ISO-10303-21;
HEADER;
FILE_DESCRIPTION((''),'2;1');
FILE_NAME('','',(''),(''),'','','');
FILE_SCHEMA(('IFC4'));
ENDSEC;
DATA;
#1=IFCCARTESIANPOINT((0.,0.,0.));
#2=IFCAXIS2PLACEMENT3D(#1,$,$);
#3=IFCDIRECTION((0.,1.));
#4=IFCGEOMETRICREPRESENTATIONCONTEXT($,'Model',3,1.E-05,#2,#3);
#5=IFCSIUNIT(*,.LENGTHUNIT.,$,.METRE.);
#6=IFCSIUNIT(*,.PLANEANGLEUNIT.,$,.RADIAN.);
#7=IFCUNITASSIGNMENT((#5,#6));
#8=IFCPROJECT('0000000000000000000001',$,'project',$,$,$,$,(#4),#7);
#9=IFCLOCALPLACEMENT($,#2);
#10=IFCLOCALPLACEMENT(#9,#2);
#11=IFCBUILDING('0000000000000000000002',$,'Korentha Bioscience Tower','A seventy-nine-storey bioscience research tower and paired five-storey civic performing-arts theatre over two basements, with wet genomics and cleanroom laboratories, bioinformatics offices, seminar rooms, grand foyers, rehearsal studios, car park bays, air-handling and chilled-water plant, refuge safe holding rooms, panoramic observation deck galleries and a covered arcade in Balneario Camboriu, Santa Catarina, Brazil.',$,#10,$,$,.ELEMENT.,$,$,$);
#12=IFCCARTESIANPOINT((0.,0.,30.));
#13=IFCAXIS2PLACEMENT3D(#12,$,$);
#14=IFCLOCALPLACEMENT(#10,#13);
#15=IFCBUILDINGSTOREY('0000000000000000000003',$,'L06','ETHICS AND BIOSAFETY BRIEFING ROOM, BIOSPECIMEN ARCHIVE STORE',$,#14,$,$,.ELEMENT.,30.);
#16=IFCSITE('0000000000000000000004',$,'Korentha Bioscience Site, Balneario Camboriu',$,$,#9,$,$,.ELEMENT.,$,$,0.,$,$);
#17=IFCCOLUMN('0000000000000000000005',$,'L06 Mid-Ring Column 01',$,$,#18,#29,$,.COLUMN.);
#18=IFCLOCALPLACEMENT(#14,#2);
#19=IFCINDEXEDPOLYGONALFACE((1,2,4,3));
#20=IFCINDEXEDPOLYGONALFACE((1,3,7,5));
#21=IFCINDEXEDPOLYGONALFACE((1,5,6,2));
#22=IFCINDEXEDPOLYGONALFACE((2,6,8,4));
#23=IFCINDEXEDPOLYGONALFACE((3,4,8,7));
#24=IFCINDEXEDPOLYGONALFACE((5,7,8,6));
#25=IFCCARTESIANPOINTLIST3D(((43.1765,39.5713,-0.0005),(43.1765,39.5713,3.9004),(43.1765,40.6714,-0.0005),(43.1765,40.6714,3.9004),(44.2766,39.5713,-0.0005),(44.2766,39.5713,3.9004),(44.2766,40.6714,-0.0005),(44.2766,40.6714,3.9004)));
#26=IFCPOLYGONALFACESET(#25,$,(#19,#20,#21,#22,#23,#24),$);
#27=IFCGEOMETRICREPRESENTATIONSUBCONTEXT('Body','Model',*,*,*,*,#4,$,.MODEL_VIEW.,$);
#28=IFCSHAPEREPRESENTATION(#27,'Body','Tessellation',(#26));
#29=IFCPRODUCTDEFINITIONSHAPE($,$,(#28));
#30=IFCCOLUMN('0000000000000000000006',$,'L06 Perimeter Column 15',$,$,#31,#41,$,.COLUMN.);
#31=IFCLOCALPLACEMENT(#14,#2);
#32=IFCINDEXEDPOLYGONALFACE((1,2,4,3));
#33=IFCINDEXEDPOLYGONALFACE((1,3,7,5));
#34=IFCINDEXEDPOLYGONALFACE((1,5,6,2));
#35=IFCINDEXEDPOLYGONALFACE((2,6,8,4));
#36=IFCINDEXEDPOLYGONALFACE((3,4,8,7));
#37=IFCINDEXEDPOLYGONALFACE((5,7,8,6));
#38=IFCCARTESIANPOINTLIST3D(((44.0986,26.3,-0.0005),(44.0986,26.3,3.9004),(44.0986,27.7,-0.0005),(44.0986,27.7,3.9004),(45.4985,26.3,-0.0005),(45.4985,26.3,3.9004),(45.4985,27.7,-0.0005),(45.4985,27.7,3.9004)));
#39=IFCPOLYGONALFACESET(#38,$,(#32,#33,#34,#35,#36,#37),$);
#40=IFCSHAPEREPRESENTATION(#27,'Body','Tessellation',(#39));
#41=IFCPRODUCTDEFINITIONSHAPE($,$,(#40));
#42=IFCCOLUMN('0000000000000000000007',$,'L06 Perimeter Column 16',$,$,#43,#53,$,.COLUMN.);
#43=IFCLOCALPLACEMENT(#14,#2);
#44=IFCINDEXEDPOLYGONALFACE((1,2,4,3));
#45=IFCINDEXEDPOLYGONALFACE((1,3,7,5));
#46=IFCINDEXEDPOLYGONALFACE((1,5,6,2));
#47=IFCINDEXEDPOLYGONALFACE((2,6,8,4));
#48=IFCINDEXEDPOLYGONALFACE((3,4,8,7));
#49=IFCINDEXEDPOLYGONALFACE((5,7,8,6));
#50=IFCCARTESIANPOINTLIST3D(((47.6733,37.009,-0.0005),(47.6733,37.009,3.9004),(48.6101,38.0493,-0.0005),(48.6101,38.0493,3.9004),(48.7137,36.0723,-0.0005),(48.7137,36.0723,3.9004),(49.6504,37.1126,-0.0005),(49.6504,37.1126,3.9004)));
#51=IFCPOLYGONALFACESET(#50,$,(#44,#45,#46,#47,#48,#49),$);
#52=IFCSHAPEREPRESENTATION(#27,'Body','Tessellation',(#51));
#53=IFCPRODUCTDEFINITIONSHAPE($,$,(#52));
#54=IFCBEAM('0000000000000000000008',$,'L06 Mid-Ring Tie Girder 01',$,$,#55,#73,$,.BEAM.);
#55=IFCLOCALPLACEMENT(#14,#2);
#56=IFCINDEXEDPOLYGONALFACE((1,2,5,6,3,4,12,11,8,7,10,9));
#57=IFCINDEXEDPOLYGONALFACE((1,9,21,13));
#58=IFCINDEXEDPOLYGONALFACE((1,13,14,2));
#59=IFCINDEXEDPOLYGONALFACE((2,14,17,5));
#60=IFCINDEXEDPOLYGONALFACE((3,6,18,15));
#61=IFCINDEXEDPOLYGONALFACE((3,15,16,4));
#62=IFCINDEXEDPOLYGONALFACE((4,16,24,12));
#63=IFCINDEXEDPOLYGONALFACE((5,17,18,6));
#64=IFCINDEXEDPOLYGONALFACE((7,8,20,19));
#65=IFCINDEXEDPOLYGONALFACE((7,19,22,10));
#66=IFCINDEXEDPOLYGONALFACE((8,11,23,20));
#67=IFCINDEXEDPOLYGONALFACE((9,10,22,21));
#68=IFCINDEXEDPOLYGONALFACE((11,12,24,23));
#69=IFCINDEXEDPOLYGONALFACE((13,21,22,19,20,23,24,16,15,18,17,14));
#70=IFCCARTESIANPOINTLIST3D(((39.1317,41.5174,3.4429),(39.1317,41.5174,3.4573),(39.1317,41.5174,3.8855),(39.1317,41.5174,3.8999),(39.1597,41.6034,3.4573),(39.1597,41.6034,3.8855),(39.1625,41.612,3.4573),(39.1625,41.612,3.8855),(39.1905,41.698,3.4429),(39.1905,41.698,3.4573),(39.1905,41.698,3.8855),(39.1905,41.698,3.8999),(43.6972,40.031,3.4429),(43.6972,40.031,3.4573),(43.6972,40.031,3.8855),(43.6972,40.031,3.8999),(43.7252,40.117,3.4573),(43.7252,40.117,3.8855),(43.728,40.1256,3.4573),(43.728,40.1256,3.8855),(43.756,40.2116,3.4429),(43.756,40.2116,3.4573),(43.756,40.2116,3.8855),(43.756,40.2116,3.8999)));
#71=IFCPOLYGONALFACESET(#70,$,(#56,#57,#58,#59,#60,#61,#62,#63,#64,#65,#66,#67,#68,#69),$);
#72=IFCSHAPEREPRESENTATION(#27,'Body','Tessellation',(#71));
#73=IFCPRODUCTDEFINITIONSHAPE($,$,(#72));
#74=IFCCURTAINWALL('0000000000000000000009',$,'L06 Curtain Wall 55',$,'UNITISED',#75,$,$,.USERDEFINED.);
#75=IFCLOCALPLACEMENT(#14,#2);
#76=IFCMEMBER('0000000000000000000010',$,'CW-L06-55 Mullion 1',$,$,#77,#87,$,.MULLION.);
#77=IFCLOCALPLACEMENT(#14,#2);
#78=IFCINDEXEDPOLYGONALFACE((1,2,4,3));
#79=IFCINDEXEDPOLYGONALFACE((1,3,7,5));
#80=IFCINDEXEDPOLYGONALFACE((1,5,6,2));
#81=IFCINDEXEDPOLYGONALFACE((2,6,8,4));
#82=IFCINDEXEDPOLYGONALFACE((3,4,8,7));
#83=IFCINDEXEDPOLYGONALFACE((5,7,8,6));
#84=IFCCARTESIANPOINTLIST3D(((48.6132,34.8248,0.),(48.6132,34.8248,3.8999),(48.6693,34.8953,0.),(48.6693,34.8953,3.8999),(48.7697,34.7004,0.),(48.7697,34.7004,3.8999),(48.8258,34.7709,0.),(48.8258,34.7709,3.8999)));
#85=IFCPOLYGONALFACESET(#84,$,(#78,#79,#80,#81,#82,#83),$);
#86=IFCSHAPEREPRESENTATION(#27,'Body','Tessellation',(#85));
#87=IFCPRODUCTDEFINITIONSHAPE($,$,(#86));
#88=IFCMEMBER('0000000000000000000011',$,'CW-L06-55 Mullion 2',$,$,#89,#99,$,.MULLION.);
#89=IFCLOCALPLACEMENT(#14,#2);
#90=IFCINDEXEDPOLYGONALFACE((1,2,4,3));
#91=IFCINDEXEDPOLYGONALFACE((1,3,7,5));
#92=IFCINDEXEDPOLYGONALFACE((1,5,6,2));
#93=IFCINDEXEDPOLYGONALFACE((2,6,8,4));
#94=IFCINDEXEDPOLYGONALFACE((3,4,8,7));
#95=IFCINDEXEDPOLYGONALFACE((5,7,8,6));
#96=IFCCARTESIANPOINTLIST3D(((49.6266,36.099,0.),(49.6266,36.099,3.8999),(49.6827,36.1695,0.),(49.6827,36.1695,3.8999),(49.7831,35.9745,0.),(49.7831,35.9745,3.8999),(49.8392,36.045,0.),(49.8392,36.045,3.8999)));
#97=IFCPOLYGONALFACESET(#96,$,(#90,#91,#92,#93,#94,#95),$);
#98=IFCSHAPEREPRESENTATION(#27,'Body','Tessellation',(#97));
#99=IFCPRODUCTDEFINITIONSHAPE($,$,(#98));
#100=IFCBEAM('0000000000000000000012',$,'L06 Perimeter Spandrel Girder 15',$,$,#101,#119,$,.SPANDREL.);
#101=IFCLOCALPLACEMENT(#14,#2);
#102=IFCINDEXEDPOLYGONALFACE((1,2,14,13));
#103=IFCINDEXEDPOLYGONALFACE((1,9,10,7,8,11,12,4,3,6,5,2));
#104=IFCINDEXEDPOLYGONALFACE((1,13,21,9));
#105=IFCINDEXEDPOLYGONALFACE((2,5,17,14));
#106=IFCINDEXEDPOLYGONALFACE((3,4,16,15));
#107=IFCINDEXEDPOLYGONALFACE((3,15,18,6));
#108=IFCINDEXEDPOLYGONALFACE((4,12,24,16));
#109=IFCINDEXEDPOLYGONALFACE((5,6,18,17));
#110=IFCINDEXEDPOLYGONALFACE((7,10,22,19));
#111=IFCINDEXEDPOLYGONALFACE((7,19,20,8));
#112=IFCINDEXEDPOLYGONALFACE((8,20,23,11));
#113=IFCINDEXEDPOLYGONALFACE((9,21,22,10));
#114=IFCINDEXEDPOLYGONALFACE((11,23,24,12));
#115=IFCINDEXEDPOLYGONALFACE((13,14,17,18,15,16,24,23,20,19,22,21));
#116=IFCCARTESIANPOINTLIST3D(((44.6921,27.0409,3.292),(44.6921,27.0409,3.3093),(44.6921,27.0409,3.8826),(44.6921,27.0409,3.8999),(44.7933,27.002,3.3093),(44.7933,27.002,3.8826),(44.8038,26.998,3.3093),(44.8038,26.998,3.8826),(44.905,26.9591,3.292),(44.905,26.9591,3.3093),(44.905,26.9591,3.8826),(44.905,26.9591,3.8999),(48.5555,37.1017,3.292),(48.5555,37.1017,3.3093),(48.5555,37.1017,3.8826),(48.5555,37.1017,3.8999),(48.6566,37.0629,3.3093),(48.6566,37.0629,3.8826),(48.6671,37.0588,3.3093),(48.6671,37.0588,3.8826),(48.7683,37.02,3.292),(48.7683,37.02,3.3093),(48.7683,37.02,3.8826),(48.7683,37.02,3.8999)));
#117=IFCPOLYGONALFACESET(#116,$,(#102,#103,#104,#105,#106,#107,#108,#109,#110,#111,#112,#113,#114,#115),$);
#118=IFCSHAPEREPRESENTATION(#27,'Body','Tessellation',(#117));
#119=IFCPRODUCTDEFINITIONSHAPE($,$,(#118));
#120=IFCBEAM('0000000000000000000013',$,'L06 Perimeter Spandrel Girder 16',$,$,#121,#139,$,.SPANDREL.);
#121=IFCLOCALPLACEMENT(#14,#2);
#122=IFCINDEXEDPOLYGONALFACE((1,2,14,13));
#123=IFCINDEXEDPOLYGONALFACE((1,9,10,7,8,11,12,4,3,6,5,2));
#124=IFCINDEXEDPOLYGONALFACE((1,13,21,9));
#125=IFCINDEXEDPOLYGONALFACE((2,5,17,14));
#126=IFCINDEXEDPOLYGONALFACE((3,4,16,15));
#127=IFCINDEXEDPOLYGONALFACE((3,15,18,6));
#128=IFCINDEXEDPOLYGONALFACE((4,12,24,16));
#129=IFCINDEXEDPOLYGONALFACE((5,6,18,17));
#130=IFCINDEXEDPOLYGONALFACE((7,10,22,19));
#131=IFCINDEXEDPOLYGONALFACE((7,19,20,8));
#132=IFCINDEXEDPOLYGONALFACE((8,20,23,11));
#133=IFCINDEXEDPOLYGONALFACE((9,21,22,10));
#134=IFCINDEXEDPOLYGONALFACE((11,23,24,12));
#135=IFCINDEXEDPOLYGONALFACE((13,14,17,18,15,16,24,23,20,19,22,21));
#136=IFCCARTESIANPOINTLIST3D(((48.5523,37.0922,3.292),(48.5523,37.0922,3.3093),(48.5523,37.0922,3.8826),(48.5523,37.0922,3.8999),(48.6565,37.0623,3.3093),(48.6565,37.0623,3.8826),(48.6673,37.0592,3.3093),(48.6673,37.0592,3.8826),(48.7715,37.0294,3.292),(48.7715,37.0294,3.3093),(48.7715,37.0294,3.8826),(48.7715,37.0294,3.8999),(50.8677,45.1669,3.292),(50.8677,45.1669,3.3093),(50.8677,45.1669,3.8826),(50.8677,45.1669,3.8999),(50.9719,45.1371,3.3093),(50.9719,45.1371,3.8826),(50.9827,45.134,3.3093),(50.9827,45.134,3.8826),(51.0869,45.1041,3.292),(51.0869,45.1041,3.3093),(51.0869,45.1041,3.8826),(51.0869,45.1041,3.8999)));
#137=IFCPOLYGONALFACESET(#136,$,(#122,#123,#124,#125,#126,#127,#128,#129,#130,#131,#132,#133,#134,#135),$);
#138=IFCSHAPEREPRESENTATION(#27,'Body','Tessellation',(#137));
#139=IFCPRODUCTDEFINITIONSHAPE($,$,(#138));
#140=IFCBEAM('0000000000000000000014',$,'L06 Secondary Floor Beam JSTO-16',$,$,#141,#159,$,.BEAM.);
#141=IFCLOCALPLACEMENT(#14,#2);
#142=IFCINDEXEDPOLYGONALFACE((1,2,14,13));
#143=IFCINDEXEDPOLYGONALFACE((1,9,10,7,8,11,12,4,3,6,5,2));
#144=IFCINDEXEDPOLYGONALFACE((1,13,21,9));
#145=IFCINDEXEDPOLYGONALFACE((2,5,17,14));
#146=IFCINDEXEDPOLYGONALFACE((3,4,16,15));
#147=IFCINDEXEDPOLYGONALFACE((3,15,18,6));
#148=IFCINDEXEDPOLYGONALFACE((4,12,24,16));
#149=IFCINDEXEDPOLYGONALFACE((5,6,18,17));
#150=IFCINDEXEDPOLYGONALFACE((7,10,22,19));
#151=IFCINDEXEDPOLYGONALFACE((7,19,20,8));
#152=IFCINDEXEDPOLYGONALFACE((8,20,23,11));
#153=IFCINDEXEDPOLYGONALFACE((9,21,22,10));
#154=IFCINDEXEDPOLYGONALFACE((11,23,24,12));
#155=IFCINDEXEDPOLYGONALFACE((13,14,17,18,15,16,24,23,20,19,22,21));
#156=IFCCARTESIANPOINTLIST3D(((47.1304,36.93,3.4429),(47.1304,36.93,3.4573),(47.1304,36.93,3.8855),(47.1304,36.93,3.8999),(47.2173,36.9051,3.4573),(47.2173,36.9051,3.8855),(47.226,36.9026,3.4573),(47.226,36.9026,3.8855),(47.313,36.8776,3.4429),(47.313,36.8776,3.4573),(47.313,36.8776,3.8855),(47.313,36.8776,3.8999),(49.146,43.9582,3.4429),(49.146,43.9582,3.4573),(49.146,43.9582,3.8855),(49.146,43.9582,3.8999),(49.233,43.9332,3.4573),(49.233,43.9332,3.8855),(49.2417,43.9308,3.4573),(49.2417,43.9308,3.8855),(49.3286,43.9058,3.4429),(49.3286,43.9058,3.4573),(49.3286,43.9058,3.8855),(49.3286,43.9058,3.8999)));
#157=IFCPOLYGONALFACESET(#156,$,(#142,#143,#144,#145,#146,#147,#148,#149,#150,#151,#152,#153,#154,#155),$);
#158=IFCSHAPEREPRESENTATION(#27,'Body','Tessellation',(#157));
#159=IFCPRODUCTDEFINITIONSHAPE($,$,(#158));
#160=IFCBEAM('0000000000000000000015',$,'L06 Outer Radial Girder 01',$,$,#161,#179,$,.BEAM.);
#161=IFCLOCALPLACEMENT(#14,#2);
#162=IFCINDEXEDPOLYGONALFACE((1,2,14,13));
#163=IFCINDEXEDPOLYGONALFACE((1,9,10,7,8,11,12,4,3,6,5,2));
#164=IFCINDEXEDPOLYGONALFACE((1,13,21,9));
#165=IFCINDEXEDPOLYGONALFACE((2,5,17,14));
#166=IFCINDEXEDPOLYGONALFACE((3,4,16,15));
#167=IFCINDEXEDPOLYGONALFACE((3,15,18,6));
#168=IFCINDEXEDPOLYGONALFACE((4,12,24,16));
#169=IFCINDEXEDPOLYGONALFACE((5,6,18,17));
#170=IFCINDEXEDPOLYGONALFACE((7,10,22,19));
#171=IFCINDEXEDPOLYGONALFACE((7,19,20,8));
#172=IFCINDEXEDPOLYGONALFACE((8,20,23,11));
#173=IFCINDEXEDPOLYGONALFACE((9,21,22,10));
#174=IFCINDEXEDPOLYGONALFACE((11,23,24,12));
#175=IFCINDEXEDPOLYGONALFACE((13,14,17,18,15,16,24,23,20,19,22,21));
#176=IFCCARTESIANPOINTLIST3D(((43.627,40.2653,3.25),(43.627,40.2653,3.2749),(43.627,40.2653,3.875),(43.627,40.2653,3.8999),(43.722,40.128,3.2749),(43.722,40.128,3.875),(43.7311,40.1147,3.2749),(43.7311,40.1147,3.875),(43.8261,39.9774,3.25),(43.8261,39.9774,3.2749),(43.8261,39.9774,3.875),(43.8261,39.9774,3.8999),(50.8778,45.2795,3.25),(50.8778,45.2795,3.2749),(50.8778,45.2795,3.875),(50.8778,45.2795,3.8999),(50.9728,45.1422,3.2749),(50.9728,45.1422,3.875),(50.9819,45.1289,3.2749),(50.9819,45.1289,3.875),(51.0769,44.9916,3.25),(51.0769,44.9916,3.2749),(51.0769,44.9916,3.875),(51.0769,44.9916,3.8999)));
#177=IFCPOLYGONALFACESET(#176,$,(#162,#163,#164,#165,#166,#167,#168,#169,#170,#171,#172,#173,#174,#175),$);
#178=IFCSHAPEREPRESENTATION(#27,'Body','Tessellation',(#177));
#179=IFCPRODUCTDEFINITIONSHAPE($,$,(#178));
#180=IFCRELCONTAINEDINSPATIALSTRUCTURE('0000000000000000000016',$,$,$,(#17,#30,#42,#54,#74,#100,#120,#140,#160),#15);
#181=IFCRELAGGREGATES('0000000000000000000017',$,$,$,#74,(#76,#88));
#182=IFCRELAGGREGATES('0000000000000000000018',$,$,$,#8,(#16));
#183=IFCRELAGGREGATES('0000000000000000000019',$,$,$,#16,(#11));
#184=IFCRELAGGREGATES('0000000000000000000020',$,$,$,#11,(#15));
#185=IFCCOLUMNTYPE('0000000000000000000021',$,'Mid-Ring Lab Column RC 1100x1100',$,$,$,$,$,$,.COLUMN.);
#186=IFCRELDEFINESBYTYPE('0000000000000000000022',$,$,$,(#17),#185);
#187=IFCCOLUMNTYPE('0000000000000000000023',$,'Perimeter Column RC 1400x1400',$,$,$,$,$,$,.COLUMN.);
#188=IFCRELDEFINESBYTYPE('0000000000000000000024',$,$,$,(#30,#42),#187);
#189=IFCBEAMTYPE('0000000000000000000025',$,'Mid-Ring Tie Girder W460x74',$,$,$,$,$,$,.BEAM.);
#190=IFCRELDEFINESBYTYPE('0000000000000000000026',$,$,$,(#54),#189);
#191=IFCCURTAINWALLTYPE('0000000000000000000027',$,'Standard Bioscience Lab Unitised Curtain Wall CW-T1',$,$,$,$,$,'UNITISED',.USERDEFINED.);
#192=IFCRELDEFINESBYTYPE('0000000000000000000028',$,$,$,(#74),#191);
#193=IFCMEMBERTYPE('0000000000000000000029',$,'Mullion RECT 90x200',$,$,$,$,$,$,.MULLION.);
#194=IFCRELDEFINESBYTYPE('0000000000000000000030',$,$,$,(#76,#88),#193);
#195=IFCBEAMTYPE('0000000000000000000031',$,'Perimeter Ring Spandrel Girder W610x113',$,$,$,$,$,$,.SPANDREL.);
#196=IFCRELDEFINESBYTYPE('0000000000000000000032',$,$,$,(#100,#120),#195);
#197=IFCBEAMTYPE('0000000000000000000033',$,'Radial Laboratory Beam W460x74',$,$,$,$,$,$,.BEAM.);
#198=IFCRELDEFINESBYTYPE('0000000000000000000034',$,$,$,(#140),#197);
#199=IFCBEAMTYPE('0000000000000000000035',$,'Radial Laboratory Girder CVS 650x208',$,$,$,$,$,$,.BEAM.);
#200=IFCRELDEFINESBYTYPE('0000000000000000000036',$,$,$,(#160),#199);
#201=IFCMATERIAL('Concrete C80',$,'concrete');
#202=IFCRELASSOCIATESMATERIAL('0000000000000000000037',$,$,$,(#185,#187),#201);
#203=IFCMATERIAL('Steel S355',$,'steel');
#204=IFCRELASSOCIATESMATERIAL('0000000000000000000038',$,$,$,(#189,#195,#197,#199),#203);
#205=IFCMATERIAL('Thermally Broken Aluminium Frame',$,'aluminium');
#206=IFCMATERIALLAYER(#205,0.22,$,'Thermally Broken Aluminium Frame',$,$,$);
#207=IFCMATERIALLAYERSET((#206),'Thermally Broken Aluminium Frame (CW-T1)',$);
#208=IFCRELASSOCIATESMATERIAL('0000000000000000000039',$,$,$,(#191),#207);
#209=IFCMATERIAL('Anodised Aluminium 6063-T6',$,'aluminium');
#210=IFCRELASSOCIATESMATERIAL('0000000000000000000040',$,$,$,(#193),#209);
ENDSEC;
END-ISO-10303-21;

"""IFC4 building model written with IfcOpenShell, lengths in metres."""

from ifc_helpers import new_model, si_unit, direction, frame, origin, origin_2d, place, context, subcontext, project, spatial, rectangle, i_section, extrude, material, layer, layer_set, material_profile, profile_set, type_object, element, aggregate, save


model = new_model("IFC4")

# Units and contexts
model_context = context("Model", 3, precision=1e-05, world=origin(), true_north=direction((0.0, 1.0)))
body_context = subcontext(model_context, "Body", "Model", "MODEL_VIEW")
ifc_project = project(units=[si_unit("LENGTHUNIT", "METRE"), si_unit("PLANEANGLEUNIT", "RADIAN")], contexts=[model_context])

# Site, building, storey
site_placement = place(None, origin())
site = spatial("IfcSite", under=ifc_project, at=site_placement, Name="Korentha Bioscience Site, Balneario Camboriu", CompositionType="ELEMENT", RefElevation=0.0)
building_placement = place(site_placement, origin())
building = spatial("IfcBuilding", under=site, at=building_placement, Name="Korentha Bioscience Tower", Description="A seventy-nine-storey bioscience research tower and paired five-storey civic performing-arts theatre over two basements, with wet genomics and cleanroom laboratories, bioinformatics offices, seminar rooms, grand foyers, rehearsal studios, car park bays, air-handling and chilled-water plant, refuge safe holding rooms, panoramic observation deck galleries and a covered arcade in Balneario Camboriu, Santa Catarina, Brazil.", CompositionType="ELEMENT")
storey_placement = place(building_placement, frame((0.0, 0.0, 30.0)))
storey = spatial("IfcBuildingStorey", under=building, at=storey_placement, Name="L06", Description="ETHICS AND BIOSAFETY BRIEFING ROOM, BIOSPECIMEN ARCHIVE STORE", CompositionType="ELEMENT", Elevation=30.0)

# Columns
ifc_material_1 = material(Name="Concrete C80", Category="concrete")
ifc_material_profile_1 = material_profile(ifc_material_1, rectangle(XDim=1.1001, YDim=1.1001, at=origin_2d()), Name="Concrete C80")
ifc_profile_set_1 = profile_set([ifc_material_profile_1], Name="Concrete C80 (COL-MR11)")
column_type_1 = type_object("IfcColumnType", Name="Mid-Ring Lab Column RC 1100x1100", PredefinedType="COLUMN", material=ifc_profile_set_1)
column_placement = place(storey_placement, frame((43.7266, 40.1213, -0.0005), z_axis=(0.0, 0.0, 1.0), x_axis=(1.0, 0.0, 0.0)))
element("IfcColumn", 1, at=column_placement, inside=storey, type_object=column_type_1, Name="L06 Mid-Ring Column 01", PredefinedType="COLUMN", context=body_context, shape_type="SweptSolid", body=[
    extrude(rectangle(XDim=1.1001, YDim=1.1001, at=origin_2d()), origin(), (0.0, 0.0, 1.0), 3.9009),
])
ifc_material_profile_2 = material_profile(ifc_material_1, rectangle(XDim=1.3999, YDim=1.3999, at=origin_2d()), Name="Concrete C80")
ifc_profile_set_2 = profile_set([ifc_material_profile_2], Name="Concrete C80 (COL-P14)")
column_type_2 = type_object("IfcColumnType", Name="Perimeter Column RC 1400x1400", PredefinedType="COLUMN", material=ifc_profile_set_2)
for number, where, z_axis, x_axis, name in (
    (2, (44.7986, 27.0, -0.0005), (0.0, 0.0, 1.0), (0.0, 1.0, 0.0), "L06 Perimeter Column 15"),
    (3, (48.6619, 37.0608, -0.0005), (0.0, 0.0, 1.0), (0.669131, 0.743145, 0.0), "L06 Perimeter Column 16"),
):
    element("IfcColumn", number, at=place(storey_placement, frame(where, z_axis=z_axis, x_axis=x_axis)), inside=storey, type_object=column_type_2, Name=name, PredefinedType="COLUMN", context=body_context, shape_type="SweptSolid", body=[
        extrude(rectangle(XDim=1.3999, YDim=1.3999, at=origin_2d()), origin(), (0.0, 0.0, 1.0), 3.9009),
    ])

# Beam
ifc_material_2 = material(Name="Steel S355", Category="steel")
ifc_material_profile_3 = material_profile(ifc_material_2, i_section(OverallWidth=0.1899, OverallDepth=0.457, WebThickness=0.009, FlangeThickness=0.0144, at=origin_2d()), Name="Steel S355")
ifc_profile_set_3 = profile_set([ifc_material_profile_3], Name="Steel S355 (MB-460)")
beam_type_1 = type_object("IfcBeamType", Name="Mid-Ring Tie Girder W460x74", PredefinedType="BEAM", material=ifc_profile_set_3)
beam_1_placement = place(storey_placement, frame((43.7266, 40.1213, 3.6714), z_axis=(-0.950877, 0.309569, 0.0), x_axis=(-0.309569, -0.950877, 0.0)))
element("IfcBeam", 4, at=beam_1_placement, inside=storey, type_object=beam_type_1, Name="L06 Mid-Ring Tie Girder 01", PredefinedType="BEAM", context=body_context, shape_type="SweptSolid", body=[
    extrude(i_section(OverallWidth=0.1899, OverallDepth=0.457, WebThickness=0.009, FlangeThickness=0.0144, at=origin_2d()), origin(), (0.0, 0.0, 1.0), 4.8013),
])

# Curtain wall, members
ifc_material_3 = material(Name="Thermally Broken Aluminium Frame", Category="aluminium")
ifc_layer_1 = layer(ifc_material_3, 0.22, Name="Thermally Broken Aluminium Frame")
ifc_layer_set_1 = layer_set([ifc_layer_1], Name="Thermally Broken Aluminium Frame (CW-T1)")
curtain_wall_type = type_object("IfcCurtainWallType", Name="Standard Bioscience Lab Unitised Curtain Wall CW-T1", ElementType="UNITISED", PredefinedType="USERDEFINED", material=ifc_layer_set_1)
curtain_wall_placement = place(storey_placement, origin())
curtain_wall = element("IfcCurtainWall", 5, at=curtain_wall_placement, inside=storey, type_object=curtain_wall_type, Name="L06 Curtain Wall 55", ObjectType="UNITISED", PredefinedType="USERDEFINED")
ifc_material_4 = material(Name="Anodised Aluminium 6063-T6", Category="aluminium")
ifc_material_profile_4 = material_profile(ifc_material_4, rectangle(XDim=0.0901, YDim=0.2, at=origin_2d()), Name="Anodised Aluminium 6063-T6")
ifc_profile_set_4 = profile_set([ifc_material_profile_4], Name="Anodised Aluminium 6063-T6 (CW-MUL)")
member_type_1 = type_object("IfcMemberType", Name="Mullion RECT 90x200", PredefinedType="MULLION", material=ifc_profile_set_4)
member_1_placement = place(storey_placement, frame((48.7195, 34.7979, 0.0), z_axis=(0.0, 0.0, 1.0), x_axis=(0.62252, 0.782604, 0.0)))
member_1 = element("IfcMember", 6, at=member_1_placement, type_object=member_type_1, Name="CW-L06-55 Mullion 1", PredefinedType="MULLION", context=body_context, shape_type="SweptSolid", body=[
    extrude(rectangle(XDim=0.0901, YDim=0.2, at=origin_2d()), origin(), (0.0, 0.0, 1.0), 3.8999),
])
member_2_placement = place(storey_placement, frame((49.7329, 36.072, 0.0), z_axis=(0.0, 0.0, 1.0), x_axis=(0.62252, 0.782604, 0.0)))
member_2 = element("IfcMember", 7, at=member_2_placement, type_object=member_type_1, Name="CW-L06-55 Mullion 2", PredefinedType="MULLION", context=body_context, shape_type="SweptSolid", body=[
    extrude(rectangle(XDim=0.0901, YDim=0.2, at=origin_2d()), origin(), (0.0, 0.0, 1.0), 3.8999),
])

# Beams
ifc_material_profile_5 = material_profile(ifc_material_2, i_section(OverallWidth=0.228, OverallDepth=0.6079, WebThickness=0.0112, FlangeThickness=0.0173, at=origin_2d()), Name="Steel S355")
ifc_profile_set_5 = profile_set([ifc_material_profile_5], Name="Steel S355 (SB-610)")
beam_type_2 = type_object("IfcBeamType", Name="Perimeter Ring Spandrel Girder W610x113", PredefinedType="SPANDREL", material=ifc_profile_set_5)
beam_2_placement = place(storey_placement, frame((44.7986, 27.0, 3.5959), z_axis=(0.358474, 0.93354, 0.0), x_axis=(-0.93354, 0.358474, 0.0)))
element("IfcBeam", 8, at=beam_2_placement, inside=storey, type_object=beam_type_2, Name="L06 Perimeter Spandrel Girder 15", PredefinedType="SPANDREL", context=body_context, shape_type="SweptSolid", body=[
    extrude(i_section(OverallWidth=0.228, OverallDepth=0.6079, WebThickness=0.0112, FlangeThickness=0.0173, at=origin_2d()), origin(), (0.0, 0.0, 1.0), 10.7771),
])
beam_3_placement = place(storey_placement, frame((48.6619, 37.0608, 3.5959), z_axis=(0.275642, 0.96126, 0.0), x_axis=(-0.96126, 0.275642, 0.0)))
element("IfcBeam", 9, at=beam_3_placement, inside=storey, type_object=beam_type_2, Name="L06 Perimeter Spandrel Girder 16", PredefinedType="SPANDREL", context=body_context, shape_type="SweptSolid", body=[
    extrude(i_section(OverallWidth=0.228, OverallDepth=0.6079, WebThickness=0.0112, FlangeThickness=0.0173, at=origin_2d()), origin(), (0.0, 0.0, 1.0), 8.4001),
])
ifc_material_profile_6 = material_profile(ifc_material_2, i_section(OverallWidth=0.1899, OverallDepth=0.457, WebThickness=0.009, FlangeThickness=0.0144, at=origin_2d()), Name="Steel S355")
ifc_profile_set_6 = profile_set([ifc_material_profile_6], Name="Steel S355 (RB-460)")
beam_type_3 = type_object("IfcBeamType", Name="Radial Laboratory Beam W460x74", PredefinedType="BEAM", material=ifc_profile_set_6)
beam_4_placement = place(storey_placement, frame((47.2217, 36.9038, 3.6714), z_axis=(0.275682, 0.961249, 0.0), x_axis=(-0.961249, 0.275682, 0.0)))
element("IfcBeam", 10, at=beam_4_placement, inside=storey, type_object=beam_type_3, Name="L06 Secondary Floor Beam JSTO-16", PredefinedType="BEAM", context=body_context, shape_type="SweptSolid", body=[
    extrude(i_section(OverallWidth=0.1899, OverallDepth=0.457, WebThickness=0.009, FlangeThickness=0.0144, at=origin_2d()), origin(), (0.0, 0.0, 1.0), 7.3115),
])
ifc_material_profile_7 = material_profile(ifc_material_2, i_section(OverallWidth=0.3501, OverallDepth=0.6499, WebThickness=0.0161, FlangeThickness=0.0249, at=origin_2d()), Name="Steel S355")
ifc_profile_set_7 = profile_set([ifc_material_profile_7], Name="Steel S355 (RB-650)")
beam_type_4 = type_object("IfcBeamType", Name="Radial Laboratory Girder CVS 650x208", PredefinedType="BEAM", material=ifc_profile_set_7)
beam_5_placement = place(storey_placement, frame((43.7266, 40.1213, 3.575), z_axis=(0.822488, 0.568782, 0.0), x_axis=(-0.568782, 0.822488, 0.0)))
element("IfcBeam", 11, at=beam_5_placement, inside=storey, type_object=beam_type_4, Name="L06 Outer Radial Girder 01", PredefinedType="BEAM", context=body_context, shape_type="SweptSolid", body=[
    extrude(i_section(OverallWidth=0.3501, OverallDepth=0.6499, WebThickness=0.0161, FlangeThickness=0.0249, at=origin_2d()), origin(), (0.0, 0.0, 1.0), 8.8157),
])

aggregate(curtain_wall, [member_1, member_2])

save(model, "model.ifc")
